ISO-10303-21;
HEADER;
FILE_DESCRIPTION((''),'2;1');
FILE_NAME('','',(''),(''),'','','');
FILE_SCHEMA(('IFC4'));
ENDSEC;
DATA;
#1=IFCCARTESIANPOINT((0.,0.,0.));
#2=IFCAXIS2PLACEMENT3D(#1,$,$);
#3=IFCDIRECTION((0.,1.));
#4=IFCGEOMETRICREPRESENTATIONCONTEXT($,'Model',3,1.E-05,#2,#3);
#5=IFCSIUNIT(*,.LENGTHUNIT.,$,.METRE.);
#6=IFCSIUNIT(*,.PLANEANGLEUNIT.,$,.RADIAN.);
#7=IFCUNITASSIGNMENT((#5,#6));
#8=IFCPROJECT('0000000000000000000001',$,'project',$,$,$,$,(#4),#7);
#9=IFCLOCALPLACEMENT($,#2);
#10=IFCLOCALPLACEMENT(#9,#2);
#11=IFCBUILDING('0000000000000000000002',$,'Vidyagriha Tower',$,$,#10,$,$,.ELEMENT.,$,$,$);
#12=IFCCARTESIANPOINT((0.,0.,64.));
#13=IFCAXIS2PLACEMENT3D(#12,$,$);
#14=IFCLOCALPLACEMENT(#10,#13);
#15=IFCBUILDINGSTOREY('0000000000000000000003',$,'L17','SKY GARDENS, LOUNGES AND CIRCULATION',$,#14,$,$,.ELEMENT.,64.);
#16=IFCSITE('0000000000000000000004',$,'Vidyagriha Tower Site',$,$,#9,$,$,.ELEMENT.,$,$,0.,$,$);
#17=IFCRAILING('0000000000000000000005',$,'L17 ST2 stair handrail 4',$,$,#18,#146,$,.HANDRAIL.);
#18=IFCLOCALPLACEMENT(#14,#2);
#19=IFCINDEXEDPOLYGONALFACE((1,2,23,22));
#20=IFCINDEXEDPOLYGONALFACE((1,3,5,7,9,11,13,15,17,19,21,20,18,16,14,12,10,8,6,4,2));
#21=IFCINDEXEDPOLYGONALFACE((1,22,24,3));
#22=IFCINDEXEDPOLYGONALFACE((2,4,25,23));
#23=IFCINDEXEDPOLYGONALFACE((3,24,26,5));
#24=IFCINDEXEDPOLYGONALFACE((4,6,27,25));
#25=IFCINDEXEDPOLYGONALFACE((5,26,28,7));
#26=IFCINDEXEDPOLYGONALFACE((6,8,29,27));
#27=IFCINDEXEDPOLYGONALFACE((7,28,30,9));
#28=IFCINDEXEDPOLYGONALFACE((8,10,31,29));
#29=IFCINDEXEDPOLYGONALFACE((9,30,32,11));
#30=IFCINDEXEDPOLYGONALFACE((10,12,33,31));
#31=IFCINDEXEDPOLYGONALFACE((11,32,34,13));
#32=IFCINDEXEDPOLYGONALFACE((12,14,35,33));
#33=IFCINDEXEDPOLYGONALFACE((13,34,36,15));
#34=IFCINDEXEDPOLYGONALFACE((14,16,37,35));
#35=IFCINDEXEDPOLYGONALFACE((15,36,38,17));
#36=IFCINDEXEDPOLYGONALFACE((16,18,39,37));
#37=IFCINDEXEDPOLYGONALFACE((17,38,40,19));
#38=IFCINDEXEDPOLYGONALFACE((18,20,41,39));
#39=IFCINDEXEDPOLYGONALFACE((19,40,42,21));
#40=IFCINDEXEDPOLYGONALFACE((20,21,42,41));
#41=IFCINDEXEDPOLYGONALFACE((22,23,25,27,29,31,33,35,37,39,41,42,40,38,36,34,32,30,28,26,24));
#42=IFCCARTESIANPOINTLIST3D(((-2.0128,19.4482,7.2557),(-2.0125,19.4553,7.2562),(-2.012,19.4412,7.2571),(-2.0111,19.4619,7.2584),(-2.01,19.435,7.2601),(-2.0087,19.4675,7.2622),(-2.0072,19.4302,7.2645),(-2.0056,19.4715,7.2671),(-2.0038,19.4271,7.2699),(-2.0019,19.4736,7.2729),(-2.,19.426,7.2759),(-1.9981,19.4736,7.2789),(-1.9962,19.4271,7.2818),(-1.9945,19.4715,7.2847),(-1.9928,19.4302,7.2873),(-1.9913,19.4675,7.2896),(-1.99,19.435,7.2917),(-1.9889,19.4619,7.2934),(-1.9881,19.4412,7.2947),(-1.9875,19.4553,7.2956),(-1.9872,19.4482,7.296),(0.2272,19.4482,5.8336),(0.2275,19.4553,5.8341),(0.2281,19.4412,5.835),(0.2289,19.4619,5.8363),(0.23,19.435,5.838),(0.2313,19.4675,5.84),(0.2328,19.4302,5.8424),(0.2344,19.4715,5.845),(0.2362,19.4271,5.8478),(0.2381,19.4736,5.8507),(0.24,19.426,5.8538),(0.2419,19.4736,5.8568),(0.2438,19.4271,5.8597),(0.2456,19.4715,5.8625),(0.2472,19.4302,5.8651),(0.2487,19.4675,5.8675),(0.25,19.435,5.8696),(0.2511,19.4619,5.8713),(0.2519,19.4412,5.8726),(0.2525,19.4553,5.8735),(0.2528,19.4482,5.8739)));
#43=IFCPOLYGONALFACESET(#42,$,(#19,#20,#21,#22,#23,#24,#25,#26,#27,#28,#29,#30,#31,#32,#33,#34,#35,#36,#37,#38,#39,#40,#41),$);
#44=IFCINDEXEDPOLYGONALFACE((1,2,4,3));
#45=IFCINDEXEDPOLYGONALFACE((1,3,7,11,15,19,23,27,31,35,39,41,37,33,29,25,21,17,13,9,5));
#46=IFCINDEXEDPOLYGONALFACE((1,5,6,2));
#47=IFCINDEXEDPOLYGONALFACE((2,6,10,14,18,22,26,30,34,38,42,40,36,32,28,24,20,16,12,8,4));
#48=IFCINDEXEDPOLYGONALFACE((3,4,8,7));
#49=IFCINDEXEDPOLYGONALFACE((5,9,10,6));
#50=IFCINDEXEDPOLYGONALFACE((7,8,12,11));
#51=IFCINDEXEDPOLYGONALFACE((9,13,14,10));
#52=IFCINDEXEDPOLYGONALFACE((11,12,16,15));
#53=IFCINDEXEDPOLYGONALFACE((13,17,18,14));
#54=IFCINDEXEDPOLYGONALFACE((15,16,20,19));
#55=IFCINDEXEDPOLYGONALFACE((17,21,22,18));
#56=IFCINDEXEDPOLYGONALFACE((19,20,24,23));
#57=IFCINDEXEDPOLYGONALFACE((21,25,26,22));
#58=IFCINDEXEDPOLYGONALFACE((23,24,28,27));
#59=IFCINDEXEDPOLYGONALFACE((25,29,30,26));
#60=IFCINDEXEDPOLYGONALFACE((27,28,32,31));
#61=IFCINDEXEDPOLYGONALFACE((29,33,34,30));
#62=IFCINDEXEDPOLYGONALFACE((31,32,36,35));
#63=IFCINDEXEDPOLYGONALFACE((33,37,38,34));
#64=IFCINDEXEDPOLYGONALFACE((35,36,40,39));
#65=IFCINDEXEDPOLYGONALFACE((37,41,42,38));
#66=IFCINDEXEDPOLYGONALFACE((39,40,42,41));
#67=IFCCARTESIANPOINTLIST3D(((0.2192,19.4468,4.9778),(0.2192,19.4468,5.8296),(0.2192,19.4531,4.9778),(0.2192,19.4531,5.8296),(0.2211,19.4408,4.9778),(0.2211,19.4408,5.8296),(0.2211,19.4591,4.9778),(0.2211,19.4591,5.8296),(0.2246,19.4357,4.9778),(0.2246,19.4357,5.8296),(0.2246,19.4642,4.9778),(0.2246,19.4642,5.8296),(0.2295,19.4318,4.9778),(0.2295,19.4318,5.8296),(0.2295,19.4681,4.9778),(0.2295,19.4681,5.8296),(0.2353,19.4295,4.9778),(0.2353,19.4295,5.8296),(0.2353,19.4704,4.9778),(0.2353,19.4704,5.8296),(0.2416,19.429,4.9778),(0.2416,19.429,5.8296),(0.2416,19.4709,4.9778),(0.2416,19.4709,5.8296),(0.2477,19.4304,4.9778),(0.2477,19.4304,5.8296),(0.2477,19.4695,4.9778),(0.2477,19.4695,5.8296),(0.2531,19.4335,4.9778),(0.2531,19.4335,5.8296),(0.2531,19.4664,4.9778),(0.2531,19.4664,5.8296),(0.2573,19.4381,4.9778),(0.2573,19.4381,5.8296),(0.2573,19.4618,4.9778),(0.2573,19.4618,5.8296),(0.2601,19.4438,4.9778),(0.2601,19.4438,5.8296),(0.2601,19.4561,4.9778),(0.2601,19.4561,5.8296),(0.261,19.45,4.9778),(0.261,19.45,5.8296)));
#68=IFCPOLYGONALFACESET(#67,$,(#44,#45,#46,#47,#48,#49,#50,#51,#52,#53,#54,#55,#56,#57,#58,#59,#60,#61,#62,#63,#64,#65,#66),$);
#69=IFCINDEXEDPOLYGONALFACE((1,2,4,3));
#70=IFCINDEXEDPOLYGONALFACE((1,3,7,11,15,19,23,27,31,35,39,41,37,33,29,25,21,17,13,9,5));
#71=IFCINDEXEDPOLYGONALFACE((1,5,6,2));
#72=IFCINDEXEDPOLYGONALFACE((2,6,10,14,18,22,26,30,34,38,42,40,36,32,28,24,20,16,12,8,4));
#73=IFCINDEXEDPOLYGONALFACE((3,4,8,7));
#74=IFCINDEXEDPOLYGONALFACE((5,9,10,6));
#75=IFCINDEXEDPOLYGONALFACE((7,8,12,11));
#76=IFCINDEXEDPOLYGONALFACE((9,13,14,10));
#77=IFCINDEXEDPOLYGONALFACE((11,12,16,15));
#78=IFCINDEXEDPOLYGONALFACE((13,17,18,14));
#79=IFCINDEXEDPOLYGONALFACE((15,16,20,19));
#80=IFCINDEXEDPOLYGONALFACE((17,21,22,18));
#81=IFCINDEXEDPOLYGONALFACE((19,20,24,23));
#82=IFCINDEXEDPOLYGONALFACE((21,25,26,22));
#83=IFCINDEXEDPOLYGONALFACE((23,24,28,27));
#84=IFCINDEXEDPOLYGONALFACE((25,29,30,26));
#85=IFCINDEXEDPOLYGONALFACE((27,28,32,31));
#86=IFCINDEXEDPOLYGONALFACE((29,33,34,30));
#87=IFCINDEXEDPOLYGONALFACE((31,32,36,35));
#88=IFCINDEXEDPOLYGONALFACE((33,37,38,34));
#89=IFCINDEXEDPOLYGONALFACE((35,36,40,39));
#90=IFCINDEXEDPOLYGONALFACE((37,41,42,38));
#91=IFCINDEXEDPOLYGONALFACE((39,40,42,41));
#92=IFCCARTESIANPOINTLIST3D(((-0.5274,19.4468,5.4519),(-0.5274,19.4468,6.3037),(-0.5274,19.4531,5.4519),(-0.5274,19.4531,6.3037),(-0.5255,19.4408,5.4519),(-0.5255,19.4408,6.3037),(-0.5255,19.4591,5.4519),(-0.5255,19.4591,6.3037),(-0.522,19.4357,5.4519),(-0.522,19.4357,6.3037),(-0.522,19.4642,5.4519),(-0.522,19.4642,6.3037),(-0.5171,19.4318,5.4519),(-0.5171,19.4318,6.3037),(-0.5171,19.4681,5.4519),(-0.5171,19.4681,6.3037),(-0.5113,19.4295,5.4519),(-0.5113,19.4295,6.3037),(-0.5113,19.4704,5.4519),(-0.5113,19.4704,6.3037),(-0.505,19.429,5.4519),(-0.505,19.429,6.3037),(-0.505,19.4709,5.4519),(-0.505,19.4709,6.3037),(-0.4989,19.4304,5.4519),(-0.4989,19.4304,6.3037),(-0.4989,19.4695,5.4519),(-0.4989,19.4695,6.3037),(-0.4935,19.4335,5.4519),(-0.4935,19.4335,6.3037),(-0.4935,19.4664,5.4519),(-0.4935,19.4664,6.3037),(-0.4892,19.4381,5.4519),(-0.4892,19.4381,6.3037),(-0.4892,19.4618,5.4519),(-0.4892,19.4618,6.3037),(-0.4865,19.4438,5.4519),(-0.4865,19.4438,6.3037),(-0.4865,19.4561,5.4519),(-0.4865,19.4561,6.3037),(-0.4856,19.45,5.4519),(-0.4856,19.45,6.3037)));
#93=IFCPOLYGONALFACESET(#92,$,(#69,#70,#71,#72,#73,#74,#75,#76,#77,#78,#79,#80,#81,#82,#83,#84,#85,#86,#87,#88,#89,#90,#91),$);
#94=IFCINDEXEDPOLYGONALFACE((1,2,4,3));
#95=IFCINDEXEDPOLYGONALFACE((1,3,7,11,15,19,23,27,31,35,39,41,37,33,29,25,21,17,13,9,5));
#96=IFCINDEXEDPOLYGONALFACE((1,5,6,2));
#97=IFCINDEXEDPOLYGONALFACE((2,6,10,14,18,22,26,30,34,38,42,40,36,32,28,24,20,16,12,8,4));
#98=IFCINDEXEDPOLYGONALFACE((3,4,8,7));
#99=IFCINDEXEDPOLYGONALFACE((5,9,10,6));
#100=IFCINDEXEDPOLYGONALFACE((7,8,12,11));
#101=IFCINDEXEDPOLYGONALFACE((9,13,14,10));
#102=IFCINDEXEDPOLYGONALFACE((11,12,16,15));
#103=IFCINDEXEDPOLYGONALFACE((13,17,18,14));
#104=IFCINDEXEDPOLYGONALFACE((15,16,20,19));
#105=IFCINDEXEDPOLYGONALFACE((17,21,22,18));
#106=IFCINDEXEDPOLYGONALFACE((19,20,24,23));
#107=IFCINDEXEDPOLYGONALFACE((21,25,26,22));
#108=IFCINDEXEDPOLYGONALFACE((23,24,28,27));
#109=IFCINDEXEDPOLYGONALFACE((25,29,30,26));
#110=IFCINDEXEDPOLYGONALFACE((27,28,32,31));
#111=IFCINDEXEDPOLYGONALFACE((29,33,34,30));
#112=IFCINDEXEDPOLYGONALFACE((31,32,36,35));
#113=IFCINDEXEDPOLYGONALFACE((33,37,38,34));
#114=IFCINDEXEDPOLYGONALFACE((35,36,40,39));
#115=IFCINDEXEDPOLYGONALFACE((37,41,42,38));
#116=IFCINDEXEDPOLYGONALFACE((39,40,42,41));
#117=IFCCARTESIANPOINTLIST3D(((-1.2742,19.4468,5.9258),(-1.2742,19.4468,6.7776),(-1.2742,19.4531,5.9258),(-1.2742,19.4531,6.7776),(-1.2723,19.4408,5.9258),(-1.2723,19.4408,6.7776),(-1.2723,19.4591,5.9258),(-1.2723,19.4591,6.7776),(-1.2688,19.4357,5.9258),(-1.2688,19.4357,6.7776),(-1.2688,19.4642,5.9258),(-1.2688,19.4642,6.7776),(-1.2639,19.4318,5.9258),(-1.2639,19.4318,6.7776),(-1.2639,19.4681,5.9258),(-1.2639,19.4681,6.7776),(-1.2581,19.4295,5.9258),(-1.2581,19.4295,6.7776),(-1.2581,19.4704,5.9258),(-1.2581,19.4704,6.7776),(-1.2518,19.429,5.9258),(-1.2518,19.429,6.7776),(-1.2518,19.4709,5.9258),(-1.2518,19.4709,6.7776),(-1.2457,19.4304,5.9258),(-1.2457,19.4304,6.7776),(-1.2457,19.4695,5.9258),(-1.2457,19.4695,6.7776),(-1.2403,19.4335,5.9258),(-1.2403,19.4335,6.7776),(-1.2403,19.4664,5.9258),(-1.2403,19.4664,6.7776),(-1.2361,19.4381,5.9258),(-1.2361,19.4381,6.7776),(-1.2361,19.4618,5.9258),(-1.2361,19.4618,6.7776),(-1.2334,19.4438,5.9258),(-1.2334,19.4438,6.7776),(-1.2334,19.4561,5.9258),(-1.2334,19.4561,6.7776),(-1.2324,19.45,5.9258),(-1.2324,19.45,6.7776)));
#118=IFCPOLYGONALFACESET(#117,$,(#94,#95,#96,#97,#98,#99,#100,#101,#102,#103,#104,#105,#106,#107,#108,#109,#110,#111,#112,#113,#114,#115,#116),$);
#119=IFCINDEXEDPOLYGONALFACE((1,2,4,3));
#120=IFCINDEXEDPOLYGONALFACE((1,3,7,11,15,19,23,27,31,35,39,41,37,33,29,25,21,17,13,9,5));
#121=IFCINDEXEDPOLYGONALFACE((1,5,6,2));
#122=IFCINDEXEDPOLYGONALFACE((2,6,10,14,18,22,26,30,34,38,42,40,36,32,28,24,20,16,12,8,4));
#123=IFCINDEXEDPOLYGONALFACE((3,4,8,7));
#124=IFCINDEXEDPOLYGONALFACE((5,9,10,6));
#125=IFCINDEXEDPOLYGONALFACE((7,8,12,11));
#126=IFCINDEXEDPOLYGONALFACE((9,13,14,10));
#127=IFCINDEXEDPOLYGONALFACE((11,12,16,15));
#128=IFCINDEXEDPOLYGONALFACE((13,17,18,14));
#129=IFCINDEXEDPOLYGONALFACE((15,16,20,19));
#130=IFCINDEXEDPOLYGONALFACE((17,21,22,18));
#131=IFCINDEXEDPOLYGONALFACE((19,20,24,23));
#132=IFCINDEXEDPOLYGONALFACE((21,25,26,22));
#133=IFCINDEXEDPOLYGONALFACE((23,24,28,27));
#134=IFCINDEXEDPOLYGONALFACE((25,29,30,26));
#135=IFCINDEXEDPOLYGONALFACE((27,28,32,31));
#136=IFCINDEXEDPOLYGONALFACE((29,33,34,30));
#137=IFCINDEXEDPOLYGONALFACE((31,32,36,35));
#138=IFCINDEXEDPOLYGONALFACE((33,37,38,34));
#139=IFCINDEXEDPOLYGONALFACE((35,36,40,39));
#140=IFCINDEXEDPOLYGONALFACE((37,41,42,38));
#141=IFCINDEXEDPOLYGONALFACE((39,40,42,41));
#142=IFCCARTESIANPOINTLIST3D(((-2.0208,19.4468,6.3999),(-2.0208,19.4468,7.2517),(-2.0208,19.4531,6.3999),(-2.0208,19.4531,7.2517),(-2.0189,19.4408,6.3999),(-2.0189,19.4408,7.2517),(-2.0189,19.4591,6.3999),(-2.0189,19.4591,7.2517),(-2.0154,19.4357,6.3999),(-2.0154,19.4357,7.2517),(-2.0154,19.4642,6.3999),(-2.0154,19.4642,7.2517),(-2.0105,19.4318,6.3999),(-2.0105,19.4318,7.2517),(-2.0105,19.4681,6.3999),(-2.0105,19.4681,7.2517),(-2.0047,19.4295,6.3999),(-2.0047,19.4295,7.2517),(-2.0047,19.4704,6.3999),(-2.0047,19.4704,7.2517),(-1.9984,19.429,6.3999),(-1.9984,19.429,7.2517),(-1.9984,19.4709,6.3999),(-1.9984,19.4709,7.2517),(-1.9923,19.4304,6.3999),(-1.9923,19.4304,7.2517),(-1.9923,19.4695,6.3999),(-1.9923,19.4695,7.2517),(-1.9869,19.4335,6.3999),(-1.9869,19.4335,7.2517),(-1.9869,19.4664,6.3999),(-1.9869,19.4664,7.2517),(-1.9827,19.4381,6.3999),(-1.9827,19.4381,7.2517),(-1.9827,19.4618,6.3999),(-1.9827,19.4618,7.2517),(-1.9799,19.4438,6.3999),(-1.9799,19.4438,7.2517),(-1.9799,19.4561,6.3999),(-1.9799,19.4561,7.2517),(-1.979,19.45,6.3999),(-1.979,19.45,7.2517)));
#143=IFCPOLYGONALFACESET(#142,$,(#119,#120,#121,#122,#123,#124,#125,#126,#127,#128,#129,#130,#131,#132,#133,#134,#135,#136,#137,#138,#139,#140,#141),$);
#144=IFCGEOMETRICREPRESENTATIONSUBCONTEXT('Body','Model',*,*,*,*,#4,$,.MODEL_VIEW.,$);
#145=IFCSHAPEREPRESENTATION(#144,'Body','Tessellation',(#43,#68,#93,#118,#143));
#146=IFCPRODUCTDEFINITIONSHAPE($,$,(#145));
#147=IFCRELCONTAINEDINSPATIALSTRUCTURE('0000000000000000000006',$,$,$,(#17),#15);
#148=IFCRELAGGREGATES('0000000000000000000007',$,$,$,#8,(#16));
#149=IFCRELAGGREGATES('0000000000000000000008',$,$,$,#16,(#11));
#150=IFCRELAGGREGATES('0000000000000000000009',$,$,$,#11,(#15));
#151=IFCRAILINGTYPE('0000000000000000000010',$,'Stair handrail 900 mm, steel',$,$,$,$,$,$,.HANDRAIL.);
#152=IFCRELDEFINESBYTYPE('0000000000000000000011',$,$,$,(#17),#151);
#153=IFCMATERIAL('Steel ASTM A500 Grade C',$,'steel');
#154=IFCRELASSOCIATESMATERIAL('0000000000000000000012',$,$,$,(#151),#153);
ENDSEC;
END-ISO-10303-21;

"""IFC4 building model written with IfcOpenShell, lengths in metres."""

from ifc_helpers import new_model, si_unit, direction, frame, origin, origin_2d, place, context, subcontext, project, spatial, circle, extrude, material, type_object, element, save


model = new_model("IFC4")

# Units and contexts
model_context = context("Model", 3, precision=1e-05, world=origin(), true_north=direction((0.0, 1.0)))
body_context = subcontext(model_context, "Body", "Model", "MODEL_VIEW")
ifc_project = project(units=[si_unit("LENGTHUNIT", "METRE"), si_unit("PLANEANGLEUNIT", "RADIAN")], contexts=[model_context])

# Site, building, storey
site_placement = place(None, origin())
site = spatial("IfcSite", under=ifc_project, at=site_placement, Name="Vidyagriha Tower Site", CompositionType="ELEMENT", RefElevation=0.0)
building_placement = place(site_placement, origin())
building = spatial("IfcBuilding", under=site, at=building_placement, Name="Vidyagriha Tower", CompositionType="ELEMENT")
storey_placement = place(building_placement, frame((0.0, 0.0, 64.0)))
storey = spatial("IfcBuildingStorey", under=building, at=storey_placement, Name="L17", Description="SKY GARDENS, LOUNGES AND CIRCULATION", CompositionType="ELEMENT", Elevation=64.0)

# Railing
ifc_material_1 = material(Name="Steel ASTM A500 Grade C", Category="steel")
railing_type_1 = type_object("IfcRailingType", Name="Stair handrail 900 mm, steel", PredefinedType="HANDRAIL", material=ifc_material_1)
for number, where, name in (
    (1, (0.24, 19.45, 4.9778), "L17 ST2 stair handrail 4"),
):
    element("IfcRailing", number, at=place(storey_placement, frame(where)), inside=storey, type_object=railing_type_1, Name=name, PredefinedType="HANDRAIL", context=body_context, shape_type="SweptSolid", body=[
        extrude(circle(Radius=0.0239, at=origin_2d()), frame((0.0, 0.0, 0.876), z_axis=(-0.844229, 0.0, 0.535982), x_axis=(0.0, -1.0, 0.0)), (0.0, 0.0, 1.0), 2.6533),
        extrude(circle(Radius=0.021, at=origin_2d()), origin(), (0.0, 0.0, 1.0), 0.8518),
        extrude(circle(Radius=0.021, at=origin_2d()), frame((-0.7466, 0.0, 0.4741)), (0.0, 0.0, 1.0), 0.8518),
        extrude(circle(Radius=0.021, at=origin_2d()), frame((-1.4934, 0.0, 0.948)), (0.0, 0.0, 1.0), 0.8518),
        extrude(circle(Radius=0.021, at=origin_2d()), frame((-2.24, 0.0, 1.4221)), (0.0, 0.0, 1.0), 0.8518),
    ])

save(model, "model.ifc")
